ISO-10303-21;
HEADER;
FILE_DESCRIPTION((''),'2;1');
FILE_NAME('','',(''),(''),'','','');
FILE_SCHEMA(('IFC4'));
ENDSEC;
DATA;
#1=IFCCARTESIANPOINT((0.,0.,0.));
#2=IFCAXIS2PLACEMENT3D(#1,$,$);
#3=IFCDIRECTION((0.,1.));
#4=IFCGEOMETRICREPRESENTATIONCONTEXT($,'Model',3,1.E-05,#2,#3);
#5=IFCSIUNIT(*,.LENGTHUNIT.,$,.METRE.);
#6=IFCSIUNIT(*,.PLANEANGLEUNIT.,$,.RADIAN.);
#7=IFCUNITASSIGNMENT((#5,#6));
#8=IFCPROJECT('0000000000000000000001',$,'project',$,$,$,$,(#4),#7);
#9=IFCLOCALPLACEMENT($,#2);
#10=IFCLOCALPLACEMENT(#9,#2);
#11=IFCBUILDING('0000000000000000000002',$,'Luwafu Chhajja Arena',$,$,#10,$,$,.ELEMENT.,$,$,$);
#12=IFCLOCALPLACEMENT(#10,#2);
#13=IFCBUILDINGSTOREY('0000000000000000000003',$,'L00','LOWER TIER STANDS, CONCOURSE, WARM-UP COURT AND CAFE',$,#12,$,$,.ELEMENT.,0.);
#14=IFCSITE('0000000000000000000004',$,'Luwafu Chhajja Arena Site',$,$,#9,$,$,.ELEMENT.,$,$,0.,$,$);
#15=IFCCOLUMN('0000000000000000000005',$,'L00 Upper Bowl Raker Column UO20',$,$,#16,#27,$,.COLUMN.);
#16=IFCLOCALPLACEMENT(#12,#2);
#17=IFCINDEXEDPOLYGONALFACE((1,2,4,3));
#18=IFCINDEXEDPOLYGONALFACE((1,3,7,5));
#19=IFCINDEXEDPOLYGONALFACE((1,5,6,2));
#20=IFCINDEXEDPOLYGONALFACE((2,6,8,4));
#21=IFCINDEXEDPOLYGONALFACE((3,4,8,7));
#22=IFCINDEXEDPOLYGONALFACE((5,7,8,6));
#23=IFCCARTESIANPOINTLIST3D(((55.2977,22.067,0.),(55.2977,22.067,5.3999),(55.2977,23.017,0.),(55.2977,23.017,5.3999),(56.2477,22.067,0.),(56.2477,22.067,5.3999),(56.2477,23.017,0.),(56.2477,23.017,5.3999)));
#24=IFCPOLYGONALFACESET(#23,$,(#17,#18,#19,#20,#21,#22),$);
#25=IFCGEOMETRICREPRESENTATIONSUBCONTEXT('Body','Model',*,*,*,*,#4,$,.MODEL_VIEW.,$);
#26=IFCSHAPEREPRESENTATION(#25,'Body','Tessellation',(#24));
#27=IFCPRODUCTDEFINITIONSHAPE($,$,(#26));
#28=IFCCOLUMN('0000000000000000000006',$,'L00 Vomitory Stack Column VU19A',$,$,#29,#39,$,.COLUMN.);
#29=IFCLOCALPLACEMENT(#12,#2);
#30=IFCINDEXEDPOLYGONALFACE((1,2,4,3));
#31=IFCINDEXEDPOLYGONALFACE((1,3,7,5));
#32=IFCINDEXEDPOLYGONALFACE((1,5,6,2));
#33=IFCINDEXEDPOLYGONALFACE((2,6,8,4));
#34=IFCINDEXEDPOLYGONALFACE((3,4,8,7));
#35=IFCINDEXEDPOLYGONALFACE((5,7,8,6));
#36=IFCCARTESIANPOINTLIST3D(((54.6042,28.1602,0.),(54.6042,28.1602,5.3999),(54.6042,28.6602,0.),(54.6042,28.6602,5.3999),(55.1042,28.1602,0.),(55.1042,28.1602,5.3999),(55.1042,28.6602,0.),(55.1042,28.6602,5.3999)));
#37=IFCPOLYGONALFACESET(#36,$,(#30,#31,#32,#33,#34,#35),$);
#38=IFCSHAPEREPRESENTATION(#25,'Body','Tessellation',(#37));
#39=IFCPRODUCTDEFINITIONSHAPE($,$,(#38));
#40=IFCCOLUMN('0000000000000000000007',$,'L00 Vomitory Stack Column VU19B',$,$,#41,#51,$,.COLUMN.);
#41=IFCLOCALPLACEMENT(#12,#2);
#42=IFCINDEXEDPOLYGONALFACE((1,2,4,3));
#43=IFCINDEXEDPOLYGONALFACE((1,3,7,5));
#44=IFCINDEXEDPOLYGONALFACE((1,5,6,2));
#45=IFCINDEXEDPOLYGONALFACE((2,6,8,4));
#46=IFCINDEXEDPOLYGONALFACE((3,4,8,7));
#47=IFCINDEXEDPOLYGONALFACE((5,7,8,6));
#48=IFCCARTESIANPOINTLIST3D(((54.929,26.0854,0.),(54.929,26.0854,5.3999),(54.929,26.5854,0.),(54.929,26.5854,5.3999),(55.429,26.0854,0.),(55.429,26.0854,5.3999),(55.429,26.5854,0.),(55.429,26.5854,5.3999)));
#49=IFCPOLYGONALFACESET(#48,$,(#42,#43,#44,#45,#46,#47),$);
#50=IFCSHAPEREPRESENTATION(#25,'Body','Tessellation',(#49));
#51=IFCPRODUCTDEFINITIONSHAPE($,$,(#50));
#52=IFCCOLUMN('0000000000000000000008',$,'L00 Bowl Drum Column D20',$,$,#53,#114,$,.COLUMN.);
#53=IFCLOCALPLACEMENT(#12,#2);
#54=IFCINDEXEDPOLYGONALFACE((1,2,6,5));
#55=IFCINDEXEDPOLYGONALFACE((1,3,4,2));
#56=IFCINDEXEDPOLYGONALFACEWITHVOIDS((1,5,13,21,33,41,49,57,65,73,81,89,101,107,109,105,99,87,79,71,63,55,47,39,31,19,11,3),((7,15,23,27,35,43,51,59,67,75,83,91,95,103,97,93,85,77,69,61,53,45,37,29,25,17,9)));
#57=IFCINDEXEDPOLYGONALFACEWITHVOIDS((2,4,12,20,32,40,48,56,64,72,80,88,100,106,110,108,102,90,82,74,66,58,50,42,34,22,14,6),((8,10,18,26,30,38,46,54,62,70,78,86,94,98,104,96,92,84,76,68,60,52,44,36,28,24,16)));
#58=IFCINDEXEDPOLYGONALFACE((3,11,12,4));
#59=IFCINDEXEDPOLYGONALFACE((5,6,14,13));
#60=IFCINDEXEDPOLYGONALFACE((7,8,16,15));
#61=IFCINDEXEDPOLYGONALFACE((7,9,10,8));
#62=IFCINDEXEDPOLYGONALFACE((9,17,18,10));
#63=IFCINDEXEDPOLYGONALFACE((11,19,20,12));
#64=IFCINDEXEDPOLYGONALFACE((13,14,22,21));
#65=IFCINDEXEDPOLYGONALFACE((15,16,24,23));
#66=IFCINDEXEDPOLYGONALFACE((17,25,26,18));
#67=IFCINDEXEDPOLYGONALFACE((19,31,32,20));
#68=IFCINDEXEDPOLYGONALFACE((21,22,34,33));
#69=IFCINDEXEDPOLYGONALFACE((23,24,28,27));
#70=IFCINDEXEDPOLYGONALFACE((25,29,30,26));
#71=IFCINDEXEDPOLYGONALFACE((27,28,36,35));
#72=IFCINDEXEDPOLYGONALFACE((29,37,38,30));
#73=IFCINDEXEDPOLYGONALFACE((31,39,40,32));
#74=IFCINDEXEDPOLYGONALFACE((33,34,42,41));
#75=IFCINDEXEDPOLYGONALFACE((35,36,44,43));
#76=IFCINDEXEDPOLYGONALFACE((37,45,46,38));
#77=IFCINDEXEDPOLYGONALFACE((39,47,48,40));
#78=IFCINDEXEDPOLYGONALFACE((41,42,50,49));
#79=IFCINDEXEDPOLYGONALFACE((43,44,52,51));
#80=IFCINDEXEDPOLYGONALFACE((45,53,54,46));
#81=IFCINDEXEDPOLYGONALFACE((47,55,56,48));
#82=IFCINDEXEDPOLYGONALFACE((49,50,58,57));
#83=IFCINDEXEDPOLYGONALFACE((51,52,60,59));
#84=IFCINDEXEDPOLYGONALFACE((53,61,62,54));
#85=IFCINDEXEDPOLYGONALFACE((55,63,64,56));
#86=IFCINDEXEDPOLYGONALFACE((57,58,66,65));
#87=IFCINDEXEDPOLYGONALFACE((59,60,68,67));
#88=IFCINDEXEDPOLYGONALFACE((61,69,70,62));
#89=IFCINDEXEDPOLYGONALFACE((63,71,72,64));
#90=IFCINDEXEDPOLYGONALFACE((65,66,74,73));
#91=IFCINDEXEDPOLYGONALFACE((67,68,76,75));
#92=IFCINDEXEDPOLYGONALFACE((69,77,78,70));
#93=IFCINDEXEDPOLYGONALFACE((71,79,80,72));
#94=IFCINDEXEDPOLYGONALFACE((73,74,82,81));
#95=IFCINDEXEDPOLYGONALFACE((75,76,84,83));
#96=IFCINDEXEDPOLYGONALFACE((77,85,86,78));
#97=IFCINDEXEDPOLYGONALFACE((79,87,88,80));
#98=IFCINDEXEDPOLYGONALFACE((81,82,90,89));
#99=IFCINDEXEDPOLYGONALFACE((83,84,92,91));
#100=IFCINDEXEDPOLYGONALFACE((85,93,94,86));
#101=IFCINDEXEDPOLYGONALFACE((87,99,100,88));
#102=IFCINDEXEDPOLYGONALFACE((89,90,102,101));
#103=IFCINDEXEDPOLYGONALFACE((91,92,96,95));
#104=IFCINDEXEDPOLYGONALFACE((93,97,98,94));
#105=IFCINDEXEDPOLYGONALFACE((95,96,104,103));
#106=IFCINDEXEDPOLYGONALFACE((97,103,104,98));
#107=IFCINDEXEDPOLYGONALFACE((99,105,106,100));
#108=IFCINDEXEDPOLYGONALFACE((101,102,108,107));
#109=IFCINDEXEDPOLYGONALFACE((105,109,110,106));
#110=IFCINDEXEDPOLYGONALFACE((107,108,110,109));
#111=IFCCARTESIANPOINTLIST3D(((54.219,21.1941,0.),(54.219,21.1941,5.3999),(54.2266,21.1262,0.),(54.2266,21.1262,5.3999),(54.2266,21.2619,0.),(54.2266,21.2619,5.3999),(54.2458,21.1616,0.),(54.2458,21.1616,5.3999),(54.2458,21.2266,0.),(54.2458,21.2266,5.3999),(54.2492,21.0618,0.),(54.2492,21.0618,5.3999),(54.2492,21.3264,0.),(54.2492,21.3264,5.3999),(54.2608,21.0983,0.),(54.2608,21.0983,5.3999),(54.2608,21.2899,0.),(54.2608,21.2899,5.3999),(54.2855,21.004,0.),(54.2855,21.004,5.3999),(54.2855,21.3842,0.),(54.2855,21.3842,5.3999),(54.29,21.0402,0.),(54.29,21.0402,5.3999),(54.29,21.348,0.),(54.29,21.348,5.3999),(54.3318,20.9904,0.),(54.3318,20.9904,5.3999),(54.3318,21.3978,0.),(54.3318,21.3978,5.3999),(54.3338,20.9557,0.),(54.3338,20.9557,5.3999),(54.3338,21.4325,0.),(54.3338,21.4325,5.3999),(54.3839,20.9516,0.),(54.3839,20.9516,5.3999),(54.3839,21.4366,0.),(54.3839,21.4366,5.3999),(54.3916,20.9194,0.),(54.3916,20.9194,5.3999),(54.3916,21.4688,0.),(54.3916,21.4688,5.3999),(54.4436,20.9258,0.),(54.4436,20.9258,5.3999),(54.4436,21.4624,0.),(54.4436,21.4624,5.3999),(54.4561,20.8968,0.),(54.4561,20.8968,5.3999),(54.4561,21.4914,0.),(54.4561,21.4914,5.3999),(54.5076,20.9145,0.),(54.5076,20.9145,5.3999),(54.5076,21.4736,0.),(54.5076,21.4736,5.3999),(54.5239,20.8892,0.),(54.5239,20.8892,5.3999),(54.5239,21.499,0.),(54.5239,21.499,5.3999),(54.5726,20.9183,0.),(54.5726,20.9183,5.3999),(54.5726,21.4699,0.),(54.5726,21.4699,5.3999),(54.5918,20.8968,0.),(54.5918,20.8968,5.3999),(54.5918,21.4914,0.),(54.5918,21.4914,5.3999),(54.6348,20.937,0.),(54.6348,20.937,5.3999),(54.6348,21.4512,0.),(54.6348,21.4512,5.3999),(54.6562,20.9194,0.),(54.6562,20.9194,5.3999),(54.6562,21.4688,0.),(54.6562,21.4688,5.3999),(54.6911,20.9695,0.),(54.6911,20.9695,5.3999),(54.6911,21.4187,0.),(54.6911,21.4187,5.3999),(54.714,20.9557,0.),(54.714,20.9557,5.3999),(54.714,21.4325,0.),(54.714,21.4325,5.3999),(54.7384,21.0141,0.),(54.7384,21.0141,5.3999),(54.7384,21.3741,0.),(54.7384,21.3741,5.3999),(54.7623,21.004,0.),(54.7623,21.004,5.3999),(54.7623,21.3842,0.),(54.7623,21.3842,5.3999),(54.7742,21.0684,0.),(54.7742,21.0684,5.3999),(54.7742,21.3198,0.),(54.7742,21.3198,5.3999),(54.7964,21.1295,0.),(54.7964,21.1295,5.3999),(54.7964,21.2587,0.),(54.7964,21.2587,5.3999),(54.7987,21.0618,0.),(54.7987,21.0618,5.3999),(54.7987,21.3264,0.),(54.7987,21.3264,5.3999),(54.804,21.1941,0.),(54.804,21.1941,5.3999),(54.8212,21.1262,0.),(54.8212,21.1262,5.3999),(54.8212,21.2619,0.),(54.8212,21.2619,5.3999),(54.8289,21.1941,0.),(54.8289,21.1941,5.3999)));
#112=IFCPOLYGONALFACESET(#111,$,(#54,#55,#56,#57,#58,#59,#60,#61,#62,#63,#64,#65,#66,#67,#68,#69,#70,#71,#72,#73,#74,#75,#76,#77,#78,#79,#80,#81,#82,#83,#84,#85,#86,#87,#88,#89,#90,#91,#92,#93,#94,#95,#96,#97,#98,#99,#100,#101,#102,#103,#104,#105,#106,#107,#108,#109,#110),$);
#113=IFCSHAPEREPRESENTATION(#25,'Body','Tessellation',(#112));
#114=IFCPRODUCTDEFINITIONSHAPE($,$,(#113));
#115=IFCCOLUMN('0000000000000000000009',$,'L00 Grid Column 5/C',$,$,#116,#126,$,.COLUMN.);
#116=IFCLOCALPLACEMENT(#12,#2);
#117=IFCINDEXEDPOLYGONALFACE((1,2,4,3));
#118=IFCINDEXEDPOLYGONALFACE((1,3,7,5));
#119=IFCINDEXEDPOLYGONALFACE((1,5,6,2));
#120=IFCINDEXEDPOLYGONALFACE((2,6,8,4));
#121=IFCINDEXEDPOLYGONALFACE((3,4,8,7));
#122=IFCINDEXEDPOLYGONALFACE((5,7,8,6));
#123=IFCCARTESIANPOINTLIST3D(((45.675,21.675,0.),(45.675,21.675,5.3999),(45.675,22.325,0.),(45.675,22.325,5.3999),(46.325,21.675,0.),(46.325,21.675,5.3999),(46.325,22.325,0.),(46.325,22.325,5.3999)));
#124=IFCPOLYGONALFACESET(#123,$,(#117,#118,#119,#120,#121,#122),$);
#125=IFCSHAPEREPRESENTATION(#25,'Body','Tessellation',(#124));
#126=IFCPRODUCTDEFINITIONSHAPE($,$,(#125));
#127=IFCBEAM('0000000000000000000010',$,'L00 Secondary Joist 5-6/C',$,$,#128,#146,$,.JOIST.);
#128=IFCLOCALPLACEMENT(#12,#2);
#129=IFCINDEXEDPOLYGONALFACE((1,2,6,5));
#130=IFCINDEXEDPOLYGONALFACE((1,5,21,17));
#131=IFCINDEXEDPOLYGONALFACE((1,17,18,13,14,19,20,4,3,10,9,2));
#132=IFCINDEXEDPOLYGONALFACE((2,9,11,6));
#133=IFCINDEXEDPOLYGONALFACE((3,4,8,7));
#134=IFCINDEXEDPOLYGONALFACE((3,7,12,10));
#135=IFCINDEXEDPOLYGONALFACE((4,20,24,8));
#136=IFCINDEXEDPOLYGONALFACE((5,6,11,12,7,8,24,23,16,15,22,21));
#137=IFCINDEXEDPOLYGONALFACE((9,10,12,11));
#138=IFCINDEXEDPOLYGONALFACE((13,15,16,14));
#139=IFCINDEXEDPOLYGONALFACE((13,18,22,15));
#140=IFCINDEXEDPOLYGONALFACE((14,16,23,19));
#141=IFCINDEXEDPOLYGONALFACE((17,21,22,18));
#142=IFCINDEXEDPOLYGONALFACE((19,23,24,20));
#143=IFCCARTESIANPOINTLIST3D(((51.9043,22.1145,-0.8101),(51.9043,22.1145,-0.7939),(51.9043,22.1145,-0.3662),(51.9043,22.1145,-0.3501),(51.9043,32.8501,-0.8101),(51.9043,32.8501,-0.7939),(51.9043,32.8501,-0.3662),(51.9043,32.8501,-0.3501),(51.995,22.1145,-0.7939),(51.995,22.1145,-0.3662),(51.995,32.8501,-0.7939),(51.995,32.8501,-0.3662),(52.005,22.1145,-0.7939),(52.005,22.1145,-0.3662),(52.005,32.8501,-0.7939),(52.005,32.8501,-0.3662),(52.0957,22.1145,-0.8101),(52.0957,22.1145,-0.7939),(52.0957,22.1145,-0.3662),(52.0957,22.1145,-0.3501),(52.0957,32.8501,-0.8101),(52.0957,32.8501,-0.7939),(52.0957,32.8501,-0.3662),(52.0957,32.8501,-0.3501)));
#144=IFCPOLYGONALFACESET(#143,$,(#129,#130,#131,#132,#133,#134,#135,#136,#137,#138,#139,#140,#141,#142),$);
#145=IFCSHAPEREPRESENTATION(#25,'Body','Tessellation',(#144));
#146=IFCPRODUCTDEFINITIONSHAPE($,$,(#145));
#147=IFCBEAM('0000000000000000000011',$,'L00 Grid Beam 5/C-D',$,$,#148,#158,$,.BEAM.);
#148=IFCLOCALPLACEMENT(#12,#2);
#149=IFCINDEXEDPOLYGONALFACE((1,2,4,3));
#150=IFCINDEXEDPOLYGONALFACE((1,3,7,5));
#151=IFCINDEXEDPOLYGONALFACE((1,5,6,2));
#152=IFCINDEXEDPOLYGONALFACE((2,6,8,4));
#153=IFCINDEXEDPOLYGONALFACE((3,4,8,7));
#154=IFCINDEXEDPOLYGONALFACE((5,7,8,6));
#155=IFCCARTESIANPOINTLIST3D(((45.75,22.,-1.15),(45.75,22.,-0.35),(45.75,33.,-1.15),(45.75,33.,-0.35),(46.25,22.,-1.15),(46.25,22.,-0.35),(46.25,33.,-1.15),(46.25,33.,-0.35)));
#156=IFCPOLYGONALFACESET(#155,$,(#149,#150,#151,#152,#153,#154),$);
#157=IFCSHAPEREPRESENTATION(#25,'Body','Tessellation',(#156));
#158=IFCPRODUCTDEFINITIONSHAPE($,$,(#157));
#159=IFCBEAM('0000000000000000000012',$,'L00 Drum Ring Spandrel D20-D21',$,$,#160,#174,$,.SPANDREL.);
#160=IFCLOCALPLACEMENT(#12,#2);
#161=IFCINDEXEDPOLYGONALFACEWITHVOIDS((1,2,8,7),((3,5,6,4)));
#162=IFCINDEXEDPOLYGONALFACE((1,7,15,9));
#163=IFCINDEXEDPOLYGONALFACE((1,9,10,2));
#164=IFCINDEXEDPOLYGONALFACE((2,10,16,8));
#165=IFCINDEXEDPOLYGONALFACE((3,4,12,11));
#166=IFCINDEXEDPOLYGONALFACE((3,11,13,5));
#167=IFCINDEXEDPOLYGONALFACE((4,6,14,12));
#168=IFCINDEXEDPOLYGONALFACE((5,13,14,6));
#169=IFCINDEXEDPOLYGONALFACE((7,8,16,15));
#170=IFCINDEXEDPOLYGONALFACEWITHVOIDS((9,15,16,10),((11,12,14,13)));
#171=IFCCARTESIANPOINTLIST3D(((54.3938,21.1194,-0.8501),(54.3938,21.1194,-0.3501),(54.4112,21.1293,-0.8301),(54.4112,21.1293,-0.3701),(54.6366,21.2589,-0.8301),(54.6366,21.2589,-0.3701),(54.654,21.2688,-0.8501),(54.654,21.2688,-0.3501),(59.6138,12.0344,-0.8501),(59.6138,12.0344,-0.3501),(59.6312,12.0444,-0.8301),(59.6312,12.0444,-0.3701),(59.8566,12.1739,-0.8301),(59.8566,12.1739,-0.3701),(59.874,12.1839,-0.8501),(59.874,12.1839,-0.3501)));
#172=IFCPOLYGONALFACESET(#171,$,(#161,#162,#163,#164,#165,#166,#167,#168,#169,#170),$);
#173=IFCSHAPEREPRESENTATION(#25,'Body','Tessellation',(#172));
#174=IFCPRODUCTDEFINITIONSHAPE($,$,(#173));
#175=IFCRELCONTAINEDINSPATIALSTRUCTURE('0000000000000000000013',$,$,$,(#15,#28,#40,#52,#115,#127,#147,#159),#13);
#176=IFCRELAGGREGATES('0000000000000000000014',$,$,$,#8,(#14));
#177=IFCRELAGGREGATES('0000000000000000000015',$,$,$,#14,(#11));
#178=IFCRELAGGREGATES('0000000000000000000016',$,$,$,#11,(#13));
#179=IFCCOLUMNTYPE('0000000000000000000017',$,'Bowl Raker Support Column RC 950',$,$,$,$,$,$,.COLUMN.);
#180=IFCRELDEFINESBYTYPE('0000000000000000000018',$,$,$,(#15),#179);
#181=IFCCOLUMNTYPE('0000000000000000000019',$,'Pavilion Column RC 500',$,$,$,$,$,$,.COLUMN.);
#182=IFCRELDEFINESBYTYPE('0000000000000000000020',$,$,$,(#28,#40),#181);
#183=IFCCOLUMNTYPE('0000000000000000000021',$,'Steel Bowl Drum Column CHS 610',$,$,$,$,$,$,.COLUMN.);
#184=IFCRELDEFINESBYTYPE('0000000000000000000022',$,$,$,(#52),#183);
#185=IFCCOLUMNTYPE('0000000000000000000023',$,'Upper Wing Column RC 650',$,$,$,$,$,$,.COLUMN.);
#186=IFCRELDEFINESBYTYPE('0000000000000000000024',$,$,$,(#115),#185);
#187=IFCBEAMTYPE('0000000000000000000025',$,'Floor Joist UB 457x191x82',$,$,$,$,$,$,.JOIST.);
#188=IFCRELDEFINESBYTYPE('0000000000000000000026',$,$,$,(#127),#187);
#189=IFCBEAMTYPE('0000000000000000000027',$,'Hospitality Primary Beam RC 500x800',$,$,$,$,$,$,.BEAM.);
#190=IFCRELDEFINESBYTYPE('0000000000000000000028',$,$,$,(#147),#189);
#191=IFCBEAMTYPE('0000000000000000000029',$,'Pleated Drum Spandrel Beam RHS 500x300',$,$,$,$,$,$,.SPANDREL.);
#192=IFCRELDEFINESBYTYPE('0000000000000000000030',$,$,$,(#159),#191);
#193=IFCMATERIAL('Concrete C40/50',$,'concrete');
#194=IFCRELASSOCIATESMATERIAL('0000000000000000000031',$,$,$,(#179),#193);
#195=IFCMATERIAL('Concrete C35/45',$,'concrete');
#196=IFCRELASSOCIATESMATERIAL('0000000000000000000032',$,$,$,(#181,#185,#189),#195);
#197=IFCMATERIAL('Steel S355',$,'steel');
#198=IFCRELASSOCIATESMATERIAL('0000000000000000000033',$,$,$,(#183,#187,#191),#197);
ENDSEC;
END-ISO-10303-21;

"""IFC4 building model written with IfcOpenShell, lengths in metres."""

from ifc_helpers import new_model, si_unit, direction, frame, origin, origin_2d, place, context, subcontext, project, spatial, rectangle, hollow_rectangle, hollow_circle, i_section, extrude, material, material_profile, profile_set, type_object, element, save


model = new_model("IFC4")

# Units and contexts
model_context = context("Model", 3, precision=1e-05, world=origin(), true_north=direction((0.0, 1.0)))
body_context = subcontext(model_context, "Body", "Model", "MODEL_VIEW")
ifc_project = project(units=[si_unit("LENGTHUNIT", "METRE"), si_unit("PLANEANGLEUNIT", "RADIAN")], contexts=[model_context])

# Site, building, storey
site_placement = place(None, origin())
site = spatial("IfcSite", under=ifc_project, at=site_placement, Name="Luwafu Chhajja Arena Site", CompositionType="ELEMENT", RefElevation=0.0)
building_placement = place(site_placement, origin())
building = spatial("IfcBuilding", under=site, at=building_placement, Name="Luwafu Chhajja Arena", CompositionType="ELEMENT")
storey_placement = place(building_placement, origin())
storey = spatial("IfcBuildingStorey", under=building, at=storey_placement, Name="L00", Description="LOWER TIER STANDS, CONCOURSE, WARM-UP COURT AND CAFE", CompositionType="ELEMENT", Elevation=0.0)

# Columns
ifc_material_1 = material(Name="Concrete C40/50", Category="concrete")
ifc_material_profile_1 = material_profile(ifc_material_1, rectangle(XDim=0.95, YDim=0.95, at=origin_2d()), Name="RC 950x950")
ifc_profile_set_1 = profile_set([ifc_material_profile_1], Name="Concrete C40/50")
column_type_1 = type_object("IfcColumnType", Name="Bowl Raker Support Column RC 950", PredefinedType="COLUMN", material=ifc_profile_set_1)
column_1_placement = place(storey_placement, frame((55.7727, 22.542, 0.0), z_axis=(0.0, 0.0, 1.0), x_axis=(1.0, 0.0, 0.0)))
element("IfcColumn", 1, at=column_1_placement, inside=storey, type_object=column_type_1, Name="L00 Upper Bowl Raker Column UO20", PredefinedType="COLUMN", context=body_context, shape_type="SweptSolid", body=[
    extrude(rectangle(XDim=0.95, YDim=0.95, at=origin_2d()), origin(), (0.0, 0.0, 1.0), 5.3999),
])
ifc_material_2 = material(Name="Concrete C35/45", Category="concrete")
ifc_material_profile_2 = material_profile(ifc_material_2, rectangle(XDim=0.5, YDim=0.5, at=origin_2d()), Name="RC 500x500")
ifc_profile_set_2 = profile_set([ifc_material_profile_2], Name="Concrete C35/45")
column_type_2 = type_object("IfcColumnType", Name="Pavilion Column RC 500", PredefinedType="COLUMN", material=ifc_profile_set_2)
for number, where, z_axis, x_axis, name in (
    (2, (54.8542, 28.4102, 0.0), (0.0, 0.0, 1.0), (1.0, 0.0, 0.0), "L00 Vomitory Stack Column VU19A"),
    (3, (55.179, 26.3354, 0.0), (0.0, 0.0, 1.0), (1.0, 0.0, 0.0), "L00 Vomitory Stack Column VU19B"),
):
    element("IfcColumn", number, at=place(storey_placement, frame(where, z_axis=z_axis, x_axis=x_axis)), inside=storey, type_object=column_type_2, Name=name, PredefinedType="COLUMN", context=body_context, shape_type="SweptSolid", body=[
        extrude(rectangle(XDim=0.5, YDim=0.5, at=origin_2d()), origin(), (0.0, 0.0, 1.0), 5.3999),
    ])
ifc_material_3 = material(Name="Steel S355", Category="steel")
ifc_material_profile_3 = material_profile(ifc_material_3, hollow_circle(Radius=0.3049, WallThickness=0.0249, at=origin_2d()), Name="CHS 610x25")
ifc_profile_set_3 = profile_set([ifc_material_profile_3], Name="Steel S355")
column_type_3 = type_object("IfcColumnType", Name="Steel Bowl Drum Column CHS 610", PredefinedType="COLUMN", material=ifc_profile_set_3)
column_2_placement = place(storey_placement, frame((54.5239, 21.1941, 0.0), z_axis=(0.0, 0.0, 1.0), x_axis=(1.0, 0.0, 0.0)))
element("IfcColumn", 4, at=column_2_placement, inside=storey, type_object=column_type_3, Name="L00 Bowl Drum Column D20", PredefinedType="COLUMN", context=body_context, shape_type="SweptSolid", body=[
    extrude(hollow_circle(Radius=0.3049, WallThickness=0.0249, at=origin_2d()), origin(), (0.0, 0.0, 1.0), 5.3999),
])
ifc_material_profile_4 = material_profile(ifc_material_2, rectangle(XDim=0.6499, YDim=0.6499, at=origin_2d()), Name="RC 650x650")
ifc_profile_set_4 = profile_set([ifc_material_profile_4], Name="Concrete C35/45")
column_type_4 = type_object("IfcColumnType", Name="Upper Wing Column RC 650", PredefinedType="COLUMN", material=ifc_profile_set_4)
column_3_placement = place(storey_placement, frame((46.0, 22.0, 0.0), z_axis=(0.0, 0.0, 1.0), x_axis=(1.0, 0.0, 0.0)))
element("IfcColumn", 5, at=column_3_placement, inside=storey, type_object=column_type_4, Name="L00 Grid Column 5/C", PredefinedType="COLUMN", context=body_context, shape_type="SweptSolid", body=[
    extrude(rectangle(XDim=0.6499, YDim=0.6499, at=origin_2d()), origin(), (0.0, 0.0, 1.0), 5.3999),
])

# Beams
ifc_material_profile_5 = material_profile(ifc_material_3, i_section(OverallWidth=0.1914, OverallDepth=0.46, WebThickness=0.01, FlangeThickness=0.0161, at=origin_2d()), Name="UB 457x191x82")
ifc_profile_set_5 = profile_set([ifc_material_profile_5], Name="Steel S355")
beam_type_1 = type_object("IfcBeamType", Name="Floor Joist UB 457x191x82", PredefinedType="JOIST", material=ifc_profile_set_5)
beam_1_placement = place(storey_placement, frame((52.0, 22.1145, -0.5801), z_axis=(0.0, 1.0, 0.0), x_axis=(-1.0, 0.0, 0.0)))
element("IfcBeam", 6, at=beam_1_placement, inside=storey, type_object=beam_type_1, Name="L00 Secondary Joist 5-6/C", PredefinedType="JOIST", context=body_context, shape_type="SweptSolid", body=[
    extrude(i_section(OverallWidth=0.1914, OverallDepth=0.46, WebThickness=0.01, FlangeThickness=0.0161, at=origin_2d()), origin(), (0.0, 0.0, 1.0), 10.7356),
])
ifc_material_profile_6 = material_profile(ifc_material_2, rectangle(XDim=0.5, YDim=0.8, at=origin_2d()), Name="RC 500x800")
ifc_profile_set_6 = profile_set([ifc_material_profile_6], Name="Concrete C35/45")
beam_type_2 = type_object("IfcBeamType", Name="Hospitality Primary Beam RC 500x800", PredefinedType="BEAM", material=ifc_profile_set_6)
beam_2_placement = place(storey_placement, frame((46.0, 22.0, -0.75), z_axis=(0.0, 1.0, 0.0), x_axis=(-1.0, 0.0, 0.0)))
element("IfcBeam", 7, at=beam_2_placement, inside=storey, type_object=beam_type_2, Name="L00 Grid Beam 5/C-D", PredefinedType="BEAM", context=body_context, shape_type="SweptSolid", body=[
    extrude(rectangle(XDim=0.5, YDim=0.8, at=origin_2d()), origin(), (0.0, 0.0, 1.0), 11.0),
])
ifc_material_profile_7 = material_profile(ifc_material_3, hollow_rectangle(XDim=0.3, YDim=0.5, WallThickness=0.02, at=origin_2d()), Name="RHS 500x300x20")
ifc_profile_set_7 = profile_set([ifc_material_profile_7], Name="Steel S355")
beam_type_3 = type_object("IfcBeamType", Name="Pleated Drum Spandrel Beam RHS 500x300", PredefinedType="SPANDREL", material=ifc_profile_set_7)
beam_3_placement = place(storey_placement, frame((54.5239, 21.1941, -0.6001), z_axis=(0.498193, -0.867066, 0.0), x_axis=(0.867066, 0.498193, 0.0)))
element("IfcBeam", 8, at=beam_3_placement, inside=storey, type_object=beam_type_3, Name="L00 Drum Ring Spandrel D20-D21", PredefinedType="SPANDREL", context=body_context, shape_type="SweptSolid", body=[
    extrude(hollow_rectangle(XDim=0.3, YDim=0.5, WallThickness=0.02, at=origin_2d()), origin(), (0.0, 0.0, 1.0), 10.4778),
])

save(model, "model.ifc")
